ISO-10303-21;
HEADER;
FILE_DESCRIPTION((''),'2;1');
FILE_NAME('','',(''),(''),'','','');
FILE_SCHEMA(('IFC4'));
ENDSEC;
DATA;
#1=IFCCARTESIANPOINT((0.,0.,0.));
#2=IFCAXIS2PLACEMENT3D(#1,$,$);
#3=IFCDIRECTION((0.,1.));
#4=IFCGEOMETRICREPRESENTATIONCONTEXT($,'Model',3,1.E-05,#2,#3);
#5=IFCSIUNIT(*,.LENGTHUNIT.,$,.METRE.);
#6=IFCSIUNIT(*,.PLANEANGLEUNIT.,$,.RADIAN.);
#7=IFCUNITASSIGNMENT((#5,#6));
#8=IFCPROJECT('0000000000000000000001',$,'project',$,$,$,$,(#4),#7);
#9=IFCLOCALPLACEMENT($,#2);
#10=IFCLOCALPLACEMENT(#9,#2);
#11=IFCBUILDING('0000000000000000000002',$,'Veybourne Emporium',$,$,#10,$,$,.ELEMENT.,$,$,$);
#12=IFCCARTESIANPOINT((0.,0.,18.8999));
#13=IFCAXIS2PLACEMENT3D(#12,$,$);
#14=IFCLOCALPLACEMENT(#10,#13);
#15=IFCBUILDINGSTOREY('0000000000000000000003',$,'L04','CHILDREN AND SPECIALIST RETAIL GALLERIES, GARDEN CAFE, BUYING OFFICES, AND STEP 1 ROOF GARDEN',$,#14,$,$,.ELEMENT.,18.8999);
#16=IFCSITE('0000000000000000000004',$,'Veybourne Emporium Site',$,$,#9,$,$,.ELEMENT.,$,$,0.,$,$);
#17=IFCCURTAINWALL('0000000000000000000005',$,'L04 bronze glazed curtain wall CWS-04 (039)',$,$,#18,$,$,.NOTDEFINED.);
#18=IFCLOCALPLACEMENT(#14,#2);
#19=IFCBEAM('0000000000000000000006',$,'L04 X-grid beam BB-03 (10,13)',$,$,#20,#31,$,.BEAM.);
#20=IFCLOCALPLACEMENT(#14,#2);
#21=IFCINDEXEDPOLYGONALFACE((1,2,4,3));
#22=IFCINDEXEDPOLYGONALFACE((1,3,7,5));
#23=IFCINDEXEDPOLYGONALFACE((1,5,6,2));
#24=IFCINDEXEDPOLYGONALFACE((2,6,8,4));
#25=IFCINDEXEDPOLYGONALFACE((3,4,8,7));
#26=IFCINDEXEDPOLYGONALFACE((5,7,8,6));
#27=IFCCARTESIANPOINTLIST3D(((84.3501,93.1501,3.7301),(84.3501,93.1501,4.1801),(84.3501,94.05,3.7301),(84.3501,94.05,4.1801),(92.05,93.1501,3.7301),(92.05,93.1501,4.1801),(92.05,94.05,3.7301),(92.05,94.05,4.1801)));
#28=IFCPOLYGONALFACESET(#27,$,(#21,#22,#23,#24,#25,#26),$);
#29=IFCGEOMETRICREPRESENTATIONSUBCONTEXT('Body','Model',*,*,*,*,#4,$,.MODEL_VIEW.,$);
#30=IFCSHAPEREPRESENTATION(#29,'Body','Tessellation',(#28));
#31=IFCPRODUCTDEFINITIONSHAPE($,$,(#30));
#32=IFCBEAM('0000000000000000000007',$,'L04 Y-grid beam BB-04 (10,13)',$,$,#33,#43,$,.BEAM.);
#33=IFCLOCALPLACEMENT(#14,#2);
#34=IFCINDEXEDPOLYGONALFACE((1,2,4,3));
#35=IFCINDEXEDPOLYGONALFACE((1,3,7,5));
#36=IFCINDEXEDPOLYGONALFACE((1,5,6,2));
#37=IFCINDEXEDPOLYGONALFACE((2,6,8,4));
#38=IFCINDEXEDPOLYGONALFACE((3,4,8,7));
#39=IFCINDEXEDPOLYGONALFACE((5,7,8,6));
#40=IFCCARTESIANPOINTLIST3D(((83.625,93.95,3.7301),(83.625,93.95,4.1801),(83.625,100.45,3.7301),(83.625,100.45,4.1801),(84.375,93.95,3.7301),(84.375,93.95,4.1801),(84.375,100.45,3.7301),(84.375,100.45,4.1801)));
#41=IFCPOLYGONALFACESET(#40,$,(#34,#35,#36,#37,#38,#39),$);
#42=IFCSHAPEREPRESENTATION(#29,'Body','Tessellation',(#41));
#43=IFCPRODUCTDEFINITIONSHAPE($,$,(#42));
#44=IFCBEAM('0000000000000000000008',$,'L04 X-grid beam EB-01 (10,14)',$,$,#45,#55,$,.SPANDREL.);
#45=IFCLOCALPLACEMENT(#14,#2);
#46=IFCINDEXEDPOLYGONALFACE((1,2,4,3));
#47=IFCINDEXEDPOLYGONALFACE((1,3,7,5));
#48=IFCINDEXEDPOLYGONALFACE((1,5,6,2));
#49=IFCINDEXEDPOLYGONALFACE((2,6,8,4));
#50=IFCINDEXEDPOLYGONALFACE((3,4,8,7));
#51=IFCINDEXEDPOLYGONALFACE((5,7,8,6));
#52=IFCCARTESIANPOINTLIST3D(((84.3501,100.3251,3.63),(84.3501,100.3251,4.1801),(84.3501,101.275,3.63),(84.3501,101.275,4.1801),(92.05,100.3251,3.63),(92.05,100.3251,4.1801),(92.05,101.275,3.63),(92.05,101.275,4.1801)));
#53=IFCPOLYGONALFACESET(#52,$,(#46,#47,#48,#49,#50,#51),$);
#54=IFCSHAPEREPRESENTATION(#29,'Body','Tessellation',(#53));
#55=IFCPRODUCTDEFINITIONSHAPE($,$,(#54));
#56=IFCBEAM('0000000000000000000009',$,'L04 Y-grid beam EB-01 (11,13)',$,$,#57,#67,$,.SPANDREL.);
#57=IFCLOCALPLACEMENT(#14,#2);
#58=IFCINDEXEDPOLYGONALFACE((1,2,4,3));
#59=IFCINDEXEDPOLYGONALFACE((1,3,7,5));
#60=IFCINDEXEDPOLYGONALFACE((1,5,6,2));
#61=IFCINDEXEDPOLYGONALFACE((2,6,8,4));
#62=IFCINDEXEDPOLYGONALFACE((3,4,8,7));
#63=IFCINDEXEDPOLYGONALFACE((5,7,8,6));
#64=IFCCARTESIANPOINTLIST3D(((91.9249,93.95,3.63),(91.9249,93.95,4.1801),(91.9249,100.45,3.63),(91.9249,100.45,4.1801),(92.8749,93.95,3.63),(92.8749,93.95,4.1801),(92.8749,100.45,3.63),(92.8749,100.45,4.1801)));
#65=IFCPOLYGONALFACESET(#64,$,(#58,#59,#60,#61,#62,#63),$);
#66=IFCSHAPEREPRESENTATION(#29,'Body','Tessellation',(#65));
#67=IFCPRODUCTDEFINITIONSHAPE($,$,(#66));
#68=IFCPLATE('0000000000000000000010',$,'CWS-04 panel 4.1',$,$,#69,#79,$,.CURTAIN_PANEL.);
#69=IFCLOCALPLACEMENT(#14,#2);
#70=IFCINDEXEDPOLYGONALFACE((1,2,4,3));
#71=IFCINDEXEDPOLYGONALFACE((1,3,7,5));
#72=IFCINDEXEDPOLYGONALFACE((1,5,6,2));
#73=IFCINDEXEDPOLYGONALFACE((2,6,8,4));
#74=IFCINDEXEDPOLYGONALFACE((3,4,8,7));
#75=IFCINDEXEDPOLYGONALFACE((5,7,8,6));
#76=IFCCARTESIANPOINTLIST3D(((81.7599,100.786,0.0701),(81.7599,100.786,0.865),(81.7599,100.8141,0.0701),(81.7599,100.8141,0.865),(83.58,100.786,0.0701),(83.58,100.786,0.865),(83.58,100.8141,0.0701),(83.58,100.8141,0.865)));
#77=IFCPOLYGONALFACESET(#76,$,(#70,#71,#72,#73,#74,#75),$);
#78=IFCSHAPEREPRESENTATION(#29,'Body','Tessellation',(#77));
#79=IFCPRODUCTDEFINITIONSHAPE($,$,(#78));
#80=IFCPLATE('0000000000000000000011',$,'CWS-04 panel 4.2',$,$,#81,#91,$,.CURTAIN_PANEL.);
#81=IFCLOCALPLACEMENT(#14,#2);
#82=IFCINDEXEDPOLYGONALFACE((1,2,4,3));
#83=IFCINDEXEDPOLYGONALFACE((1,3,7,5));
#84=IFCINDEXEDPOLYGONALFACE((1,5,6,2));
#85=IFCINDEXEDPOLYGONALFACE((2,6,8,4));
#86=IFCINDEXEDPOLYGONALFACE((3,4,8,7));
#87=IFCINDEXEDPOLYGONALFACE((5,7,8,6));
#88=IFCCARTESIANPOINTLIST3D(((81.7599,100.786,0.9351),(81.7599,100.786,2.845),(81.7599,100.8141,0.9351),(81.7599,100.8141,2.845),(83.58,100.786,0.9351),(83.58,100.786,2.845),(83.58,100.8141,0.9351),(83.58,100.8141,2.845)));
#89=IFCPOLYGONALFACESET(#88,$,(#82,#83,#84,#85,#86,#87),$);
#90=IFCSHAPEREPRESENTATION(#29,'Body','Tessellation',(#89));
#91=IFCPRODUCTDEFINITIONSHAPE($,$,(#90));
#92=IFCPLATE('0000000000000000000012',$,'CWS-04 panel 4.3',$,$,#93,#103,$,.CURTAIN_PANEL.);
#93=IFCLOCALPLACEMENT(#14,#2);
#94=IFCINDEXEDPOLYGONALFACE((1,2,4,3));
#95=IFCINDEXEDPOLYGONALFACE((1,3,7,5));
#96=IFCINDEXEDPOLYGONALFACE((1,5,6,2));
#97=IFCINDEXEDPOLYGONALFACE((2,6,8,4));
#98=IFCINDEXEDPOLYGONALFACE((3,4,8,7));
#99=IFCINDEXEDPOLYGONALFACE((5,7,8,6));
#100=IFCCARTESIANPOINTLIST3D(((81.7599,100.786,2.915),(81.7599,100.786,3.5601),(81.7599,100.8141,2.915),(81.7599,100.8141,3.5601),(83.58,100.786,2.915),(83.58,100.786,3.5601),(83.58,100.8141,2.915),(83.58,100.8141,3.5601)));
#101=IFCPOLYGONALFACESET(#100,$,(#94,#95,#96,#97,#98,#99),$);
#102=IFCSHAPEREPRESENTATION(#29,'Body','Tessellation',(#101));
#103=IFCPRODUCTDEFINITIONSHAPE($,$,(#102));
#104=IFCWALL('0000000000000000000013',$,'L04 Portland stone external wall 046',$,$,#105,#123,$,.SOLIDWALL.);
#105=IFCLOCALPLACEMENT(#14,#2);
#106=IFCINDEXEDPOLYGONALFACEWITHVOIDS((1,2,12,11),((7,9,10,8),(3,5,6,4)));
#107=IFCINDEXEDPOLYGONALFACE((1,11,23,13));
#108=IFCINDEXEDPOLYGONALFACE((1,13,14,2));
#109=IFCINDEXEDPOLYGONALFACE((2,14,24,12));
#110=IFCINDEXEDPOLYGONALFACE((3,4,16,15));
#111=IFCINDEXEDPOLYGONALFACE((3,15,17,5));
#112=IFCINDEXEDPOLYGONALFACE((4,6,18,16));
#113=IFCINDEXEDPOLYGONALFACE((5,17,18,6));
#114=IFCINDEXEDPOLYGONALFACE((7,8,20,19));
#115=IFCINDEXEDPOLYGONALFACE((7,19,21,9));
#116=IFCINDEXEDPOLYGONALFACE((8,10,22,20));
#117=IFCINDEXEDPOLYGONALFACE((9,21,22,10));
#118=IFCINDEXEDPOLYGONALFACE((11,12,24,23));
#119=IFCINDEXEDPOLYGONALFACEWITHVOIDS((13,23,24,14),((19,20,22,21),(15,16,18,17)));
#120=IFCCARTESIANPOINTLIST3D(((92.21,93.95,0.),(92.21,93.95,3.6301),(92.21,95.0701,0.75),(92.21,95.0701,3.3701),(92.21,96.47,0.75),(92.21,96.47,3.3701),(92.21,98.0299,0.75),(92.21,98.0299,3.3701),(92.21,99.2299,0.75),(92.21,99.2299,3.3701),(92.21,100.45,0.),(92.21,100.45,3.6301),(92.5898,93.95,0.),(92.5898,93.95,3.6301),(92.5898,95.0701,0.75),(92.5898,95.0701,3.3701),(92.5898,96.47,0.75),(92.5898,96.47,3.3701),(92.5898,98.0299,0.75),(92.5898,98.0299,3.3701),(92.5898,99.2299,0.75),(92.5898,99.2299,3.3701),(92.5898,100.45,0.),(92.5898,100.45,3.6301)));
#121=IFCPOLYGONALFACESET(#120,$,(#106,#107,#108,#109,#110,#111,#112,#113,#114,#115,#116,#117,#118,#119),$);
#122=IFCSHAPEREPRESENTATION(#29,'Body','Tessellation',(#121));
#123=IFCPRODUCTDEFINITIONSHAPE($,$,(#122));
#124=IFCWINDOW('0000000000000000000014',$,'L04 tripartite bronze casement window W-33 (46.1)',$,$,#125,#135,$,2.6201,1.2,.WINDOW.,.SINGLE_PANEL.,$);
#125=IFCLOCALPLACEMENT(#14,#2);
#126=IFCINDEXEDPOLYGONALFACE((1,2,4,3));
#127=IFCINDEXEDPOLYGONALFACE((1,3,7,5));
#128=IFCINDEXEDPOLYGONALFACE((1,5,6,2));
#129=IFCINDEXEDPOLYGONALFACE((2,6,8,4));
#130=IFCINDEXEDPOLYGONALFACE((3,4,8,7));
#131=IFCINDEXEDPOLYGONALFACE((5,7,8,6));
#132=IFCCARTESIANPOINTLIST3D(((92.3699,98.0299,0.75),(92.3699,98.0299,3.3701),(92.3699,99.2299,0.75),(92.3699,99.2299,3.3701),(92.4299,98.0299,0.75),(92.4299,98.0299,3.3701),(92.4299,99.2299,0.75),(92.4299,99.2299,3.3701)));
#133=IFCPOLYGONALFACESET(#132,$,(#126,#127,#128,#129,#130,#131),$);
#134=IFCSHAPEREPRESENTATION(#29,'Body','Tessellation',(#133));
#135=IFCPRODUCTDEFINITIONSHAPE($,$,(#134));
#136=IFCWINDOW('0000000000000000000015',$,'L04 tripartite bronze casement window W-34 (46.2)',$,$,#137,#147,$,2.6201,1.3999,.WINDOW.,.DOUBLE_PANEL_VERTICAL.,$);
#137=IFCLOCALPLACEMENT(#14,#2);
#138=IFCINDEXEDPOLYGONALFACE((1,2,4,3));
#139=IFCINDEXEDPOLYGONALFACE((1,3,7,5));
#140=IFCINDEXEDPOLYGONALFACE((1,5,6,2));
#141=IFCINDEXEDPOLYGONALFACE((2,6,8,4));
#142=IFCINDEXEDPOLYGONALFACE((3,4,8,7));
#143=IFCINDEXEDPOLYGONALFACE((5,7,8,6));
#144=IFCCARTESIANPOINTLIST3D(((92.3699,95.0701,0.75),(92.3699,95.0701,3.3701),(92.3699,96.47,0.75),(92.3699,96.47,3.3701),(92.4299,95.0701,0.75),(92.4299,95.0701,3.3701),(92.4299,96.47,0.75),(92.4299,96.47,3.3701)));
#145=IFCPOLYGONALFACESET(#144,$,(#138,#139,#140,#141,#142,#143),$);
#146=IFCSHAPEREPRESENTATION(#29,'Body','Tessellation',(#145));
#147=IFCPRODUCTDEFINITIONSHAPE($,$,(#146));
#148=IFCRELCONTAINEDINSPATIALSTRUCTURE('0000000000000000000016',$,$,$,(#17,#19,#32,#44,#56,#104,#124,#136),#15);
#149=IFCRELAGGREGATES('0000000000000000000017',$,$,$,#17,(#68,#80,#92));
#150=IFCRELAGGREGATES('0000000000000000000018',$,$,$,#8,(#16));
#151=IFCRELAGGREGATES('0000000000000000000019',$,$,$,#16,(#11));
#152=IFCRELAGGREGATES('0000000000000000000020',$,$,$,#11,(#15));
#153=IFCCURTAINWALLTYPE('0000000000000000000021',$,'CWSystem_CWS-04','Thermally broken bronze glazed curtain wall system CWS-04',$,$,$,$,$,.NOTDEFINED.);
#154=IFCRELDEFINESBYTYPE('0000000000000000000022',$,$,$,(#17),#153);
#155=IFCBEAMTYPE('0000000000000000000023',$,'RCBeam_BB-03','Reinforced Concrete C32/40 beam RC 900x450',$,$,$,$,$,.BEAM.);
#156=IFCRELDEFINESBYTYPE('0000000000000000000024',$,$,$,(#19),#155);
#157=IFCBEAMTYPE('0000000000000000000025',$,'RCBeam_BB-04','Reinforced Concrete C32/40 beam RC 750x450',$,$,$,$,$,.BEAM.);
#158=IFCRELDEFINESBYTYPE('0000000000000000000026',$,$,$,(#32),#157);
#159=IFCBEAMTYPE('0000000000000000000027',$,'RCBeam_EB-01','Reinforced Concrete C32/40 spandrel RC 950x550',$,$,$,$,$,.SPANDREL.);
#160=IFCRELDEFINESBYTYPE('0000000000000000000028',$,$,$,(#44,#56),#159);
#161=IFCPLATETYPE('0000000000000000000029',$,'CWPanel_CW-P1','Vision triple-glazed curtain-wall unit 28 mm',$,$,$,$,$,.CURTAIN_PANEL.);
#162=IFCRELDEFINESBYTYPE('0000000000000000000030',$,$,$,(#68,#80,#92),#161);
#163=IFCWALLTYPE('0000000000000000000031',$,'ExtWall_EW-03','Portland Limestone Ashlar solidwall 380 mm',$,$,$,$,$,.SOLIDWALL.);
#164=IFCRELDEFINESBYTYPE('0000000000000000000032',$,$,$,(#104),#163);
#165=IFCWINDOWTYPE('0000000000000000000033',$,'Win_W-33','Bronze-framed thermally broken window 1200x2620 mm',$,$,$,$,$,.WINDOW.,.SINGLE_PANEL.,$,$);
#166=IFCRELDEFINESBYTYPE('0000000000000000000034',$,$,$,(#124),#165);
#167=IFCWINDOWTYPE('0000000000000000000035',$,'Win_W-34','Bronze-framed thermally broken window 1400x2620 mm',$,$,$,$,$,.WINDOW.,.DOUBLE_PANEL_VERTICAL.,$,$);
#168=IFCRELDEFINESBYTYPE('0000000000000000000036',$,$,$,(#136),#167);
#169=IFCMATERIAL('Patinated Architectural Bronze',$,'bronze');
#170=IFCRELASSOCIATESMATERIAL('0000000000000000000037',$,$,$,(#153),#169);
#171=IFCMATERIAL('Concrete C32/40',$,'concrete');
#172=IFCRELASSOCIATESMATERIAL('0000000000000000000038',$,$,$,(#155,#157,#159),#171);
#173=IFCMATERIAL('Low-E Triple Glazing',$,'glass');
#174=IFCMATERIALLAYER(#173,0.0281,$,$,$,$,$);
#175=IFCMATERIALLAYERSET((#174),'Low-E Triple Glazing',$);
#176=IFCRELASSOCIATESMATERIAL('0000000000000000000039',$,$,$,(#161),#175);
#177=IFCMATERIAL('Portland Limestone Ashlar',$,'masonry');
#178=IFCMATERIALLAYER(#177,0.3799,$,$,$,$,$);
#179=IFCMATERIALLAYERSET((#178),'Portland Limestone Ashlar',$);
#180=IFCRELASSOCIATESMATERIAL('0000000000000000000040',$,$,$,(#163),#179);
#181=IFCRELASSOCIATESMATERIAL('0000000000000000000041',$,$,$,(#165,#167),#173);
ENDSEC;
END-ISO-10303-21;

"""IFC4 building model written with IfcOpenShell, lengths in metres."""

from ifc_helpers import new_model, si_unit, direction, frame, frame_2d, origin, origin_2d, place, context, subcontext, project, spatial, rectangle, extrude, material, layer, layer_set, material_profile, profile_set, type_object, element, fill, aggregate, save


model = new_model("IFC4")

# Units and contexts
model_context = context("Model", 3, precision=1e-05, world=origin(), true_north=direction((0.0, 1.0)))
body_context = subcontext(model_context, "Body", "Model", "MODEL_VIEW")
ifc_project = project(units=[si_unit("LENGTHUNIT", "METRE"), si_unit("PLANEANGLEUNIT", "RADIAN")], contexts=[model_context])

# Site, building, storey
site_placement = place(None, origin())
site = spatial("IfcSite", under=ifc_project, at=site_placement, Name="Veybourne Emporium Site", CompositionType="ELEMENT", RefElevation=0.0)
building_placement = place(site_placement, origin())
building = spatial("IfcBuilding", under=site, at=building_placement, Name="Veybourne Emporium", CompositionType="ELEMENT")
storey_placement = place(building_placement, frame((0.0, 0.0, 18.8999)))
storey = spatial("IfcBuildingStorey", under=building, at=storey_placement, Name="L04", Description="CHILDREN AND SPECIALIST RETAIL GALLERIES, GARDEN CAFE, BUYING OFFICES, AND STEP 1 ROOF GARDEN", CompositionType="ELEMENT", Elevation=18.8999)

# Curtain wall
ifc_material_1 = material(Name="Patinated Architectural Bronze", Category="bronze")
curtain_wall_type_1 = type_object("IfcCurtainWallType", Name="CWSystem_CWS-04", Description="Thermally broken bronze glazed curtain wall system CWS-04", PredefinedType="NOTDEFINED", material=ifc_material_1)
curtain_wall_1_placement = place(storey_placement, origin())
curtain_wall_1 = element("IfcCurtainWall", 1, at=curtain_wall_1_placement, inside=storey, type_object=curtain_wall_type_1, Name="L04 bronze glazed curtain wall CWS-04 (039)", PredefinedType="NOTDEFINED")

# Beams
ifc_material_2 = material(Name="Concrete C32/40", Category="concrete")
ifc_material_profile_1 = material_profile(ifc_material_2, rectangle(XDim=0.8999, YDim=0.45, at=origin_2d()), Name="RC 900x450")
ifc_profile_set_1 = profile_set([ifc_material_profile_1], Name="Concrete C32/40")
beam_type_1 = type_object("IfcBeamType", Name="RCBeam_BB-03", Description="Reinforced Concrete C32/40 beam RC 900x450", PredefinedType="BEAM", material=ifc_profile_set_1)
beam_1_placement = place(storey_placement, frame((84.3501, 93.6001, 3.9551), z_axis=(1.0, 0.0, 0.0), x_axis=(0.0, 1.0, 0.0)))
element("IfcBeam", 2, at=beam_1_placement, inside=storey, type_object=beam_type_1, Name="L04 X-grid beam BB-03 (10,13)", PredefinedType="BEAM", context=body_context, shape_type="SweptSolid", body=[
    extrude(rectangle(XDim=0.8999, YDim=0.45, at=origin_2d()), origin(), (0.0, 0.0, 1.0), 7.7),
])
ifc_material_profile_2 = material_profile(ifc_material_2, rectangle(XDim=0.75, YDim=0.45, at=origin_2d()), Name="RC 750x450")
ifc_profile_set_2 = profile_set([ifc_material_profile_2], Name="Concrete C32/40")
beam_type_2 = type_object("IfcBeamType", Name="RCBeam_BB-04", Description="Reinforced Concrete C32/40 beam RC 750x450", PredefinedType="BEAM", material=ifc_profile_set_2)
beam_2_placement = place(storey_placement, frame((84.0, 93.95, 3.9551), z_axis=(0.0, 1.0, 0.0), x_axis=(-1.0, 0.0, 0.0)))
element("IfcBeam", 3, at=beam_2_placement, inside=storey, type_object=beam_type_2, Name="L04 Y-grid beam BB-04 (10,13)", PredefinedType="BEAM", context=body_context, shape_type="SweptSolid", body=[
    extrude(rectangle(XDim=0.75, YDim=0.45, at=origin_2d()), origin(), (0.0, 0.0, 1.0), 6.5),
])
ifc_material_profile_3 = material_profile(ifc_material_2, rectangle(XDim=0.95, YDim=0.55, at=origin_2d()), Name="RC 950x550")
ifc_profile_set_3 = profile_set([ifc_material_profile_3], Name="Concrete C32/40")
beam_type_3 = type_object("IfcBeamType", Name="RCBeam_EB-01", Description="Reinforced Concrete C32/40 spandrel RC 950x550", PredefinedType="SPANDREL", material=ifc_profile_set_3)
beam_3_placement = place(storey_placement, frame((84.3501, 100.8, 3.905), z_axis=(1.0, 0.0, 0.0), x_axis=(0.0, 1.0, 0.0)))
element("IfcBeam", 4, at=beam_3_placement, inside=storey, type_object=beam_type_3, Name="L04 X-grid beam EB-01 (10,14)", PredefinedType="SPANDREL", context=body_context, shape_type="SweptSolid", body=[
    extrude(rectangle(XDim=0.95, YDim=0.55, at=origin_2d()), origin(), (0.0, 0.0, 1.0), 7.7),
])
beam_4_placement = place(storey_placement, frame((92.3999, 93.95, 3.905), z_axis=(0.0, 1.0, 0.0), x_axis=(-1.0, 0.0, 0.0)))
element("IfcBeam", 5, at=beam_4_placement, inside=storey, type_object=beam_type_3, Name="L04 Y-grid beam EB-01 (11,13)", PredefinedType="SPANDREL", context=body_context, shape_type="SweptSolid", body=[
    extrude(rectangle(XDim=0.95, YDim=0.55, at=origin_2d()), origin(), (0.0, 0.0, 1.0), 6.5),
])

# Plates
ifc_material_3 = material(Name="Low-E Triple Glazing", Category="glass")
ifc_layer_1 = layer(ifc_material_3, 0.0281)
ifc_layer_set_1 = layer_set([ifc_layer_1], Name="Low-E Triple Glazing")
plate_type = type_object("IfcPlateType", Name="CWPanel_CW-P1", Description="Vision triple-glazed curtain-wall unit 28 mm", PredefinedType="CURTAIN_PANEL", material=ifc_layer_set_1)
plate_1_placement = place(storey_placement, frame((82.6699, 100.8, 0.0701), z_axis=(0.0, 0.0, 1.0), x_axis=(1.0, 0.0, 0.0)))
plate_1 = element("IfcPlate", 6, at=plate_1_placement, type_object=plate_type, Name="CWS-04 panel 4.1", PredefinedType="CURTAIN_PANEL", context=body_context, shape_type="SweptSolid", body=[
    extrude(rectangle(XDim=1.8201, YDim=0.0281, at=origin_2d()), origin(), (0.0, 0.0, 1.0), 0.7949),
])
plate_2_placement = place(storey_placement, frame((82.6699, 100.8, 0.9351), z_axis=(0.0, 0.0, 1.0), x_axis=(1.0, 0.0, 0.0)))
plate_2 = element("IfcPlate", 7, at=plate_2_placement, type_object=plate_type, Name="CWS-04 panel 4.2", PredefinedType="CURTAIN_PANEL", context=body_context, shape_type="SweptSolid", body=[
    extrude(rectangle(XDim=1.8201, YDim=0.0281, at=origin_2d()), origin(), (0.0, 0.0, 1.0), 1.9099),
])
plate_3_placement = place(storey_placement, frame((82.6699, 100.8, 2.915), z_axis=(0.0, 0.0, 1.0), x_axis=(1.0, 0.0, 0.0)))
plate_3 = element("IfcPlate", 8, at=plate_3_placement, type_object=plate_type, Name="CWS-04 panel 4.3", PredefinedType="CURTAIN_PANEL", context=body_context, shape_type="SweptSolid", body=[
    extrude(rectangle(XDim=1.8201, YDim=0.0281, at=origin_2d()), origin(), (0.0, 0.0, 1.0), 0.645),
])
aggregate(curtain_wall_1, [plate_1, plate_2, plate_3])

# Wall, openings, windows
ifc_material_4 = material(Name="Portland Limestone Ashlar", Category="masonry")
ifc_layer_2 = layer(ifc_material_4, 0.3799)
ifc_layer_set_2 = layer_set([ifc_layer_2], Name="Portland Limestone Ashlar")
wall_type_1 = type_object("IfcWallType", Name="ExtWall_EW-03", Description="Portland Limestone Ashlar solidwall 380 mm", PredefinedType="SOLIDWALL", material=ifc_layer_set_2)
wall_1_placement = place(storey_placement, frame((92.3999, 100.45, 0.0), z_axis=(0.0, 0.0, 1.0), x_axis=(0.0, -1.0, 0.0)))
wall_1 = element("IfcWall", 9, at=wall_1_placement, inside=storey, type_object=wall_type_1, Name="L04 Portland stone external wall 046", PredefinedType="SOLIDWALL", context=body_context, shape_type="SweptSolid", body=[
    extrude(rectangle(XDim=6.5, YDim=0.3799, at=frame_2d((3.25, 0.0))), origin(), (0.0, 0.0, 1.0), 3.6301),
])
opening_1_placement = place(wall_1_placement, frame((1.22, 0.0, 0.75)))
opening_1 = element("IfcOpeningElement", 10, at=opening_1_placement, cuts=wall_1, PredefinedType="OPENING", context=body_context, shape_type="SweptSolid", body=[
    extrude(rectangle(XDim=1.2, YDim=2.6201, at=frame_2d((0.6001, 1.3101))), frame((0.0, 0.21, 0.0), z_axis=(0.0, -1.0, 0.0), x_axis=(1.0, 0.0, 0.0)), (0.0, 0.0, 1.0), 0.4199),
])
opening_2_placement = place(wall_1_placement, frame((3.98, 0.0, 0.75)))
opening_2 = element("IfcOpeningElement", 11, at=opening_2_placement, cuts=wall_1, PredefinedType="OPENING", context=body_context, shape_type="SweptSolid", body=[
    extrude(rectangle(XDim=1.3999, YDim=2.6201, at=frame_2d((0.7, 1.3101))), frame((0.0, 0.21, 0.0), z_axis=(0.0, -1.0, 0.0), x_axis=(1.0, 0.0, 0.0)), (0.0, 0.0, 1.0), 0.4199),
])
window_type_1 = type_object("IfcWindowType", Name="Win_W-33", Description="Bronze-framed thermally broken window 1200x2620 mm", PartitioningType="SINGLE_PANEL", PredefinedType="WINDOW", material=ifc_material_3)
window_1_placement = place(opening_1_placement, origin())
window_1 = element("IfcWindow", 12, at=window_1_placement, inside=storey, type_object=window_type_1, Name="L04 tripartite bronze casement window W-33 (46.1)", OverallHeight=2.6201, OverallWidth=1.2, PartitioningType="SINGLE_PANEL", PredefinedType="WINDOW", context=body_context, shape_type="SweptSolid", body=[
    extrude(rectangle(XDim=1.2, YDim=2.6201, at=frame_2d((0.6001, 1.3101))), frame((0.0, 0.03, 0.0), z_axis=(0.0, -1.0, 0.0), x_axis=(1.0, 0.0, 0.0)), (0.0, 0.0, 1.0), 0.0601),
])
fill(opening_1, window_1)
window_type_2 = type_object("IfcWindowType", Name="Win_W-34", Description="Bronze-framed thermally broken window 1400x2620 mm", PartitioningType="DOUBLE_PANEL_VERTICAL", PredefinedType="WINDOW", material=ifc_material_3)
window_2_placement = place(opening_2_placement, origin())
window_2 = element("IfcWindow", 13, at=window_2_placement, inside=storey, type_object=window_type_2, Name="L04 tripartite bronze casement window W-34 (46.2)", OverallHeight=2.6201, OverallWidth=1.3999, PartitioningType="DOUBLE_PANEL_VERTICAL", PredefinedType="WINDOW", context=body_context, shape_type="SweptSolid", body=[
    extrude(rectangle(XDim=1.3999, YDim=2.6201, at=frame_2d((0.7, 1.3101))), frame((0.0, 0.03, 0.0), z_axis=(0.0, -1.0, 0.0), x_axis=(1.0, 0.0, 0.0)), (0.0, 0.0, 1.0), 0.0601),
])
fill(opening_2, window_2)

save(model, "model.ifc")
